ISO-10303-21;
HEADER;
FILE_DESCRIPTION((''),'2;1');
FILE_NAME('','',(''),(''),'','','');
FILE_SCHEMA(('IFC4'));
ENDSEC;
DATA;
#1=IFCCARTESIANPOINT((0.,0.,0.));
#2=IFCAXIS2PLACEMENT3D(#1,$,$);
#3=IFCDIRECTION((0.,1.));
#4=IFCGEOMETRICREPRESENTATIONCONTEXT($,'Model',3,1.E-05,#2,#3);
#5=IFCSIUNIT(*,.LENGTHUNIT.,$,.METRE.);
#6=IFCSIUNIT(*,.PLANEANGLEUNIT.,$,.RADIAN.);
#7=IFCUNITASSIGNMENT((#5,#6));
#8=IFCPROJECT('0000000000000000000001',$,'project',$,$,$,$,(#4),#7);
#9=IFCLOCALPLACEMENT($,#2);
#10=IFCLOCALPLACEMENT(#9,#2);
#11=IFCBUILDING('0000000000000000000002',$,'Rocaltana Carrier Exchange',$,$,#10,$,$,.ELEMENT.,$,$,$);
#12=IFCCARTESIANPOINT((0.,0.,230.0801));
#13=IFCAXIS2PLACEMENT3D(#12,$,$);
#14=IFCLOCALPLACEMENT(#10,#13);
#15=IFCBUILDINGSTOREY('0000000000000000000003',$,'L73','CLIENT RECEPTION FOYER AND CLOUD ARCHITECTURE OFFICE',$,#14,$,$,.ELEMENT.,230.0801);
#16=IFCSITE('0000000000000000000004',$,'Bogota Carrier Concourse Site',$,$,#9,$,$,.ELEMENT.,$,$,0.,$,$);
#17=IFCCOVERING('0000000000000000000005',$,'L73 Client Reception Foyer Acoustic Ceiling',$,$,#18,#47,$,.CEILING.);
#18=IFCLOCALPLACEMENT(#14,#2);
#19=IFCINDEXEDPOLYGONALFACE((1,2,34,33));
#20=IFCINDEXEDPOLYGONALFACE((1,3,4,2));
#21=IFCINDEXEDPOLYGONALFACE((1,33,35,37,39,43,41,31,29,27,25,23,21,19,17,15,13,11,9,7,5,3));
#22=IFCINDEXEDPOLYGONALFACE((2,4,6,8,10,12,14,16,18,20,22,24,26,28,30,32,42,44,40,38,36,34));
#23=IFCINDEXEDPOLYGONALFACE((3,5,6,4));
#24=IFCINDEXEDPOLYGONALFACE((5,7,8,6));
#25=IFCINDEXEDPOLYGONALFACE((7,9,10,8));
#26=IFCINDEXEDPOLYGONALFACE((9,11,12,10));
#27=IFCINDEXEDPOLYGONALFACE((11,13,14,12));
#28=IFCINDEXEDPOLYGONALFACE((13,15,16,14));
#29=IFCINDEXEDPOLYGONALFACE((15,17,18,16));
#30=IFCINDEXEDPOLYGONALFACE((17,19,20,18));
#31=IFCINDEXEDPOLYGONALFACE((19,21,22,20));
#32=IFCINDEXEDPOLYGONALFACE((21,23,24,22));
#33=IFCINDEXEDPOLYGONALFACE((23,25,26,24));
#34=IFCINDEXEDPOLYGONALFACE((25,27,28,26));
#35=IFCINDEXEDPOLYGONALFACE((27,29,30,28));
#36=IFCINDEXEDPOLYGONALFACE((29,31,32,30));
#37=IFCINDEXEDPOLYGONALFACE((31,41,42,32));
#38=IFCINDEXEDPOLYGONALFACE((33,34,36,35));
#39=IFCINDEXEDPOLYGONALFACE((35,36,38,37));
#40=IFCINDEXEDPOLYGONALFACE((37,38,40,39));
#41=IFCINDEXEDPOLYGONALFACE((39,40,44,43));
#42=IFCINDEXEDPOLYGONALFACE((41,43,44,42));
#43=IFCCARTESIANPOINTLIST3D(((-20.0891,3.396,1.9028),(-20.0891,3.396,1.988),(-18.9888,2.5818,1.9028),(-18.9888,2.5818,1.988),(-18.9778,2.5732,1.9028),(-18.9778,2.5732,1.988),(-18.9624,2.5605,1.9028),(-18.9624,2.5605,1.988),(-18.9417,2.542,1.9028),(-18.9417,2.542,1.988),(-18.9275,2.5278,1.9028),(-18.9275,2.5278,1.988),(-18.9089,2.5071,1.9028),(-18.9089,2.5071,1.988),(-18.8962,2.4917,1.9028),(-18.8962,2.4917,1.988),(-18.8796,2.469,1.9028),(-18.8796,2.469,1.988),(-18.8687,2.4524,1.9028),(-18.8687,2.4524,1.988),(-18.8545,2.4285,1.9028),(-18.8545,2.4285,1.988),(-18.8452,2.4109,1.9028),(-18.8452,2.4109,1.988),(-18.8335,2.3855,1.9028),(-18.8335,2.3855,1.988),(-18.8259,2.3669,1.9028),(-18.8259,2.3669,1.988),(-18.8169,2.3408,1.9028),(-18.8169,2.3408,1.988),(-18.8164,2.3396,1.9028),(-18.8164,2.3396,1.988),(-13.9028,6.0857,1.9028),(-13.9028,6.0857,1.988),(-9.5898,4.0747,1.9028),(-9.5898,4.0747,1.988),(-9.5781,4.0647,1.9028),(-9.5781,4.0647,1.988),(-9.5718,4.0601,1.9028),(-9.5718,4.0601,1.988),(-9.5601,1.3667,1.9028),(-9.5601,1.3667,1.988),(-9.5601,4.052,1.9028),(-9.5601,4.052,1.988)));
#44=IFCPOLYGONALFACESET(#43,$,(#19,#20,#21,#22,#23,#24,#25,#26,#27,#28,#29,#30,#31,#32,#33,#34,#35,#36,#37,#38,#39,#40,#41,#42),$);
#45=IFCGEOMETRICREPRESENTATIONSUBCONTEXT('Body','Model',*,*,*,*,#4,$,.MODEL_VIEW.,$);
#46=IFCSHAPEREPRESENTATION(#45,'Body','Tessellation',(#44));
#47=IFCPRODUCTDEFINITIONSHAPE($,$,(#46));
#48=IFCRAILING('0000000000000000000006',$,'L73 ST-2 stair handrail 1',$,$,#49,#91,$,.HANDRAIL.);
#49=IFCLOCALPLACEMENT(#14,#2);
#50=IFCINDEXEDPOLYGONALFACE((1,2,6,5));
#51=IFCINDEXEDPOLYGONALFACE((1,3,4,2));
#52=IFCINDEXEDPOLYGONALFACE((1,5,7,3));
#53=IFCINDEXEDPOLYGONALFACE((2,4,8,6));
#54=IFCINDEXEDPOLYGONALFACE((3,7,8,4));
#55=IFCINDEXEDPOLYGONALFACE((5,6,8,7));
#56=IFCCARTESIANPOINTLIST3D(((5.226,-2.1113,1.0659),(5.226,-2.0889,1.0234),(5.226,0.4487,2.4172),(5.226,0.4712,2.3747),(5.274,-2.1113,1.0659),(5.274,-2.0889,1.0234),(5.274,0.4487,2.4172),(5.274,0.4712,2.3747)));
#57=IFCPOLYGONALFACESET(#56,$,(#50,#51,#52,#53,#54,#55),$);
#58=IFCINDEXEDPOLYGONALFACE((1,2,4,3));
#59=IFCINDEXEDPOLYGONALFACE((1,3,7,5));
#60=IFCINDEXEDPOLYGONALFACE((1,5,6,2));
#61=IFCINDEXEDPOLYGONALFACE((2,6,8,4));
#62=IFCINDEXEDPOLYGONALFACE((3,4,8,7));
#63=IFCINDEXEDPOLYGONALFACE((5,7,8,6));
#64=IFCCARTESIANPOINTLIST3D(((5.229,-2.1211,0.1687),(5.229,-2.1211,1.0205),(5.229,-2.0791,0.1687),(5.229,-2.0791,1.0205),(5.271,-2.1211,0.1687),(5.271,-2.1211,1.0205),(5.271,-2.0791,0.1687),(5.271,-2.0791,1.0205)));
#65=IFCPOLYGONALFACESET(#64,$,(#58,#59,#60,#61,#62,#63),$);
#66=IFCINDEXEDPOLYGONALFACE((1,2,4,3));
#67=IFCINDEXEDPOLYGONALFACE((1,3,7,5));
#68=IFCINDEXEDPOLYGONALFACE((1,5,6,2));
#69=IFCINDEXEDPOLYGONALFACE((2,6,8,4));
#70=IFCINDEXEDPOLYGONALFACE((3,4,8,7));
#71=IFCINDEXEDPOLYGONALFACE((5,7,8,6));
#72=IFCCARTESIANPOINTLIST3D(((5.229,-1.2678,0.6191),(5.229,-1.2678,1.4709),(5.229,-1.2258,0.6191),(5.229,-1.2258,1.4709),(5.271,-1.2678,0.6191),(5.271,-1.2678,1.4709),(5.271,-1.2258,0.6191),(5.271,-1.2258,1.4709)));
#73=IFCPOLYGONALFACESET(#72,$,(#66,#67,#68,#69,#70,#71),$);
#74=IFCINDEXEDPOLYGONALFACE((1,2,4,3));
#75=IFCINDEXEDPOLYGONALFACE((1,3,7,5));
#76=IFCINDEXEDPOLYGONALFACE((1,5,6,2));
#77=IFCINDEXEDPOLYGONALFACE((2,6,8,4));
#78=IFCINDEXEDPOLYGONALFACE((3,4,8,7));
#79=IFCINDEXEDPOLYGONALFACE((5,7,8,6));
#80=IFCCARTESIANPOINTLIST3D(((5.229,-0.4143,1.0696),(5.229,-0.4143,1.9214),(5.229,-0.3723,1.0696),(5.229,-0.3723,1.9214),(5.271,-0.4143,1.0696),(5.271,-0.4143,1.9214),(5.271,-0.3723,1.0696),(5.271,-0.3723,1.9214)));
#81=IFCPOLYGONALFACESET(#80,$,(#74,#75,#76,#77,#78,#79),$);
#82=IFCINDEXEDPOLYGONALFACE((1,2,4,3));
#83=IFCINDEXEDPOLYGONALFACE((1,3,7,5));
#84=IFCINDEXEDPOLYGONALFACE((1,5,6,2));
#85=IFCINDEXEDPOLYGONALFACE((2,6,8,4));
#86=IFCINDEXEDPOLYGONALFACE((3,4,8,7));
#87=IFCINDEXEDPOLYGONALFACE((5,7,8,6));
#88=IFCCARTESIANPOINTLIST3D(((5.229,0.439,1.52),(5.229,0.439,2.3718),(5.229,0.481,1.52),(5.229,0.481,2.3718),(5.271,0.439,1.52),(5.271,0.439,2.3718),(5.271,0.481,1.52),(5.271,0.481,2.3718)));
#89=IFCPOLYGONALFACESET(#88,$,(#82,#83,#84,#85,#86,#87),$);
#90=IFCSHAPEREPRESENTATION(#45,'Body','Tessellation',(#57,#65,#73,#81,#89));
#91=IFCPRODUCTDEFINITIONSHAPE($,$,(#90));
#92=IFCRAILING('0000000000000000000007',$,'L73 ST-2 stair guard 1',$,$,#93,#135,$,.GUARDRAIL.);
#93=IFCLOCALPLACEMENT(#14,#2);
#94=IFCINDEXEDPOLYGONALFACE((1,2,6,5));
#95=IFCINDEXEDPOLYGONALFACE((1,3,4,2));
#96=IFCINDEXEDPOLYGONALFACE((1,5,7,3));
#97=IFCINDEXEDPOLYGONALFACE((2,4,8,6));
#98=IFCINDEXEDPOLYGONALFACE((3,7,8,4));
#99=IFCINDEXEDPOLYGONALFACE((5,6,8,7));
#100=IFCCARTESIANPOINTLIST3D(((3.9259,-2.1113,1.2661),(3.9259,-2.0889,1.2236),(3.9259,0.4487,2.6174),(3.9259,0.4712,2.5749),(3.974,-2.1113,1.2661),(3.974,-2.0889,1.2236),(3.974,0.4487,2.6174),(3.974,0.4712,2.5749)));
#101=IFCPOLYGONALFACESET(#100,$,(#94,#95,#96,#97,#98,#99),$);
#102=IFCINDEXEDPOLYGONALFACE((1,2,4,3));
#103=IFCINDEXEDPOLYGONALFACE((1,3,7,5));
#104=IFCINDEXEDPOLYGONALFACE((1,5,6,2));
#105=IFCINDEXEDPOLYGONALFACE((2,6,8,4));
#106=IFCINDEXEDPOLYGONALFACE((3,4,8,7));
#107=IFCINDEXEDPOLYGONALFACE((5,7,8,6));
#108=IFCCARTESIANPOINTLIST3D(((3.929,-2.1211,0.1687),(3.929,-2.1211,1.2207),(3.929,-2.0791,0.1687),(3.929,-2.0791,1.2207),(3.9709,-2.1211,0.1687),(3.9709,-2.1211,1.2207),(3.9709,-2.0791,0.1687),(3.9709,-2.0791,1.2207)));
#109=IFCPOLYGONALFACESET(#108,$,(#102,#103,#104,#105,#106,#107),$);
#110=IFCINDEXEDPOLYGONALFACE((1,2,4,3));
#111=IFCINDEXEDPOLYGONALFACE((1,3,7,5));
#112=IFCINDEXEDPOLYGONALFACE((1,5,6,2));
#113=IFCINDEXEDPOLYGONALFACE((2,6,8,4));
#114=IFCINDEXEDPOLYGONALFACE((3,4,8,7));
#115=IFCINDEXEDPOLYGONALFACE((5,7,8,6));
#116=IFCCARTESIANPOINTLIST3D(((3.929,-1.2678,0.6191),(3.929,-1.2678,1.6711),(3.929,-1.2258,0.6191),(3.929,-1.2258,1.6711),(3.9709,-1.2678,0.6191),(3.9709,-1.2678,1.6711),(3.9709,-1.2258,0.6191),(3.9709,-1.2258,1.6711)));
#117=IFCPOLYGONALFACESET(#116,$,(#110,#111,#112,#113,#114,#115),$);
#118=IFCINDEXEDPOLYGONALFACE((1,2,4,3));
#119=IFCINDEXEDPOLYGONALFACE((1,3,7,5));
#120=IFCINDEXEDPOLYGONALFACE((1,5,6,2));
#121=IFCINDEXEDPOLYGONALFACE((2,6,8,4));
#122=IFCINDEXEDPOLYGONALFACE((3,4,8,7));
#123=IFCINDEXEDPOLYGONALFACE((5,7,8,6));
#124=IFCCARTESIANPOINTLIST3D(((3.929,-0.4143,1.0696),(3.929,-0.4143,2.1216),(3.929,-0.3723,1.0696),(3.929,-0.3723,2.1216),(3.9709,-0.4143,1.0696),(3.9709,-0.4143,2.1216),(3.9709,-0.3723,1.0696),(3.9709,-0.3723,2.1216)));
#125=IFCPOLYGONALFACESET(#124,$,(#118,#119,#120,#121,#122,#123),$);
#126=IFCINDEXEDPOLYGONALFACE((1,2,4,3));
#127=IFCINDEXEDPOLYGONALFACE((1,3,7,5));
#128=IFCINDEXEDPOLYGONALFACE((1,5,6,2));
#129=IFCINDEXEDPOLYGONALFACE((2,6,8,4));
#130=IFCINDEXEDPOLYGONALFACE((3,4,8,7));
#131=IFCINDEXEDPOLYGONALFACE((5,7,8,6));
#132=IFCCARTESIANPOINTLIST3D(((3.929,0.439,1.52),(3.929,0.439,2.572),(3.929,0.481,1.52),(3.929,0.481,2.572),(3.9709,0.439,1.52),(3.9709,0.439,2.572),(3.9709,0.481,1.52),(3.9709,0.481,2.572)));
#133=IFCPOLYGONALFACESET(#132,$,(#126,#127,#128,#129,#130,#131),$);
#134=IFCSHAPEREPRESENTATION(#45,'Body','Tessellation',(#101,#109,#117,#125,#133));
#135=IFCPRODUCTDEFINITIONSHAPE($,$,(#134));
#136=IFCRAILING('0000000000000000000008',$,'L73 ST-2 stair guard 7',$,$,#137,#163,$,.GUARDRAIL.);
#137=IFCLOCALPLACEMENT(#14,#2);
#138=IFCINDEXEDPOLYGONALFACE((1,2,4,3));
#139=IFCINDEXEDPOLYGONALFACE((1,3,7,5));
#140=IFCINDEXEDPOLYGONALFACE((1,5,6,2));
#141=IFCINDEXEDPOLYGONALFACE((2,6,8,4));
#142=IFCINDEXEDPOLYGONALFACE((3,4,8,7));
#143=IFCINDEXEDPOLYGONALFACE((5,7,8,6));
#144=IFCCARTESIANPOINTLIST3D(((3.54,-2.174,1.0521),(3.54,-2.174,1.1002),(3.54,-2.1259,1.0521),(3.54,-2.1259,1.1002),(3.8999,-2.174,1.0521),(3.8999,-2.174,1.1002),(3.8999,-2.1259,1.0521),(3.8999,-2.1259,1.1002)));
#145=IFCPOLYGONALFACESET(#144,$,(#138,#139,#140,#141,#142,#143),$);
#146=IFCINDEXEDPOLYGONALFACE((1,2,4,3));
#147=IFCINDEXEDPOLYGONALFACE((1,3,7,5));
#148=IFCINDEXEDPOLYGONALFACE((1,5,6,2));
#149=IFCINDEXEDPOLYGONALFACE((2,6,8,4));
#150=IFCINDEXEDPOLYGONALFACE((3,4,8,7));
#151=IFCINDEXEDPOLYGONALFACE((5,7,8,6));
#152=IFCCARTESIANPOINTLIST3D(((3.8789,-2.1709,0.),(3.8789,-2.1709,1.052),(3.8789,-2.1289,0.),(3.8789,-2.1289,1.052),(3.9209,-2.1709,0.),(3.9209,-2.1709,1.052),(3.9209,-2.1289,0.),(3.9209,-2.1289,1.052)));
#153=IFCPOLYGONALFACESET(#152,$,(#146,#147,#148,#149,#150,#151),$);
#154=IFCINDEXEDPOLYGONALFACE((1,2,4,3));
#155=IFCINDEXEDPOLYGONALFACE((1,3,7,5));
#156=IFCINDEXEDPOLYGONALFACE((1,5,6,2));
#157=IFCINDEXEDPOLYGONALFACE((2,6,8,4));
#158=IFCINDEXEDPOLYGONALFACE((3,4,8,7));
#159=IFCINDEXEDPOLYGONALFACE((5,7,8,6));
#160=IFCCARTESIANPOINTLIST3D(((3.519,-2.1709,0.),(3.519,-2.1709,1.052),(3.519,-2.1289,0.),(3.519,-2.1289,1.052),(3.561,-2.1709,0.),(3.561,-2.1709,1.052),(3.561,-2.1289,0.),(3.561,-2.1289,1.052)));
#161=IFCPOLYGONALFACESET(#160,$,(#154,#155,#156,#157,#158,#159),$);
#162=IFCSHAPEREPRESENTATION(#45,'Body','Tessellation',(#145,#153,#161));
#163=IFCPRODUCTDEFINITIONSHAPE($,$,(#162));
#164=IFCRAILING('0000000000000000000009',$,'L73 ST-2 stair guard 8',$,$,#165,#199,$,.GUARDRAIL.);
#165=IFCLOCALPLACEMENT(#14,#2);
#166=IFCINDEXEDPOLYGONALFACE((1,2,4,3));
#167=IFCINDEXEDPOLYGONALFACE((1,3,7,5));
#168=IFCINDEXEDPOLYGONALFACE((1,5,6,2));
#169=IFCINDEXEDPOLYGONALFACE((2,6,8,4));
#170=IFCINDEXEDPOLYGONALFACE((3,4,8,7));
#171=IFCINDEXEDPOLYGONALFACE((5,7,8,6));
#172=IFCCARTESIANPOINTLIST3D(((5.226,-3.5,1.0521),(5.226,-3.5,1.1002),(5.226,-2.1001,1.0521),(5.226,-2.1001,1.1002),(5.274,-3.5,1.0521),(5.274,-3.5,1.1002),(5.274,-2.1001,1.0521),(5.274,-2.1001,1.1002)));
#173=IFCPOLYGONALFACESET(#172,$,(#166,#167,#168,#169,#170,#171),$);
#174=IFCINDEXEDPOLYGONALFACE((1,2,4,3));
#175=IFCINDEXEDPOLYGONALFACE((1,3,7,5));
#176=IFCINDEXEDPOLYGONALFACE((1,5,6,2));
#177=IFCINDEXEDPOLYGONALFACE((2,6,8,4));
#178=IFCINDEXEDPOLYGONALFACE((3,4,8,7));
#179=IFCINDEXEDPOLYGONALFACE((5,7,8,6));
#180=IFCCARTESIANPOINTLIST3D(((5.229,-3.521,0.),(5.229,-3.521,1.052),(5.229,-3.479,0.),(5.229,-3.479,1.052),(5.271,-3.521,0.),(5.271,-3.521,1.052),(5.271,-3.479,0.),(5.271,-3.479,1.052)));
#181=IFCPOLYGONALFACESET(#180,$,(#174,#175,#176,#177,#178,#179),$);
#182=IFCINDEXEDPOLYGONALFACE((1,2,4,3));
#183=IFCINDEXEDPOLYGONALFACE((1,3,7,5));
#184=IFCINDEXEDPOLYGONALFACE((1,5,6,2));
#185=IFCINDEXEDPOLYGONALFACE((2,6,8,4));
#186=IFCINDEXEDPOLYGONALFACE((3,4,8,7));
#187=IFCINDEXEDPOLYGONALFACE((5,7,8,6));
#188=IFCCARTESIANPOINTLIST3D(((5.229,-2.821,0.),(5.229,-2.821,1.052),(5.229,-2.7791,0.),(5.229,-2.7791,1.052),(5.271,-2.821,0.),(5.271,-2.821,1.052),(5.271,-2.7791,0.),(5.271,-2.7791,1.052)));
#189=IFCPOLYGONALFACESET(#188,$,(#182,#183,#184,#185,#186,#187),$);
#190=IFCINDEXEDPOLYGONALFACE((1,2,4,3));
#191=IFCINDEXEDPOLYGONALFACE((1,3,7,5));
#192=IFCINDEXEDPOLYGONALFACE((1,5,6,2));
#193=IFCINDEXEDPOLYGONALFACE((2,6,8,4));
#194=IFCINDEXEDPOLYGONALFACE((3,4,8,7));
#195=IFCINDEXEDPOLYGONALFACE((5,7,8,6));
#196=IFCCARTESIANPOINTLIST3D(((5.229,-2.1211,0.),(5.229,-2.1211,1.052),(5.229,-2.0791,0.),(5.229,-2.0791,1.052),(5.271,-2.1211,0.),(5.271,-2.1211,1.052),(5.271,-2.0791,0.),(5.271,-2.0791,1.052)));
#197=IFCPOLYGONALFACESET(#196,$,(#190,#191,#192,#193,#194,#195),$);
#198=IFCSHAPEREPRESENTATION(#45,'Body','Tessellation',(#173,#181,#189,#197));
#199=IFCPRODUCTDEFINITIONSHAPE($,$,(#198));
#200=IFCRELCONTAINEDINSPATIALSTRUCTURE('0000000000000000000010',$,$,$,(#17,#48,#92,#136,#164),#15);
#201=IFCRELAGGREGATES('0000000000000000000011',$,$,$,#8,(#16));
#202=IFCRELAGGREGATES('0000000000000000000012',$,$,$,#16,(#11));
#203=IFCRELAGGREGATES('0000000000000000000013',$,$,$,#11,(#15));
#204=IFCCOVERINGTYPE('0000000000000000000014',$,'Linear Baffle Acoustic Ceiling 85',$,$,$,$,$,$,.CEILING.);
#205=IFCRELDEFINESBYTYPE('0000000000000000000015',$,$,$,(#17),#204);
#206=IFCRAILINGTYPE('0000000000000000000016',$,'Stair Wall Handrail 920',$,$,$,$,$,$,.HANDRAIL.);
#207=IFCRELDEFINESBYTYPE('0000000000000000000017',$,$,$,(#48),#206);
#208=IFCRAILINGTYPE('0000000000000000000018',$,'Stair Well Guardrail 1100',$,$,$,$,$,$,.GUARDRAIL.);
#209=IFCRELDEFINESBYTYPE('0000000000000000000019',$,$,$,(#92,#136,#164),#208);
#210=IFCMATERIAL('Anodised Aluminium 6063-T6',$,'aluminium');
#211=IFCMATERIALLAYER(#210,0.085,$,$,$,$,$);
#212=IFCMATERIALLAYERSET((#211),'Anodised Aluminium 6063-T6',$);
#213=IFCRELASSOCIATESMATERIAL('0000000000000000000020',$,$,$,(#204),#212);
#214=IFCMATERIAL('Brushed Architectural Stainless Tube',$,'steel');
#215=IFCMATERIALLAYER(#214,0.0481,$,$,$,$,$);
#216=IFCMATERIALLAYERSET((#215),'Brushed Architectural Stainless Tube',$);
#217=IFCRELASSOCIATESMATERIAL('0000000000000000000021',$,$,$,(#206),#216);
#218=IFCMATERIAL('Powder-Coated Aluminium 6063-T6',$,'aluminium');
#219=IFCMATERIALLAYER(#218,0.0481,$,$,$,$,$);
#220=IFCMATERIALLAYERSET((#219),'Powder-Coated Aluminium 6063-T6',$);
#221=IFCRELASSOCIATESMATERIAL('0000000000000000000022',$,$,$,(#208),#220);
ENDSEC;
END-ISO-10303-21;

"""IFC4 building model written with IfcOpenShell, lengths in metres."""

from ifc_helpers import new_model, si_unit, direction, frame, origin, origin_2d, place, context, subcontext, project, spatial, polyline, rectangle, outline, extrude, material, layer, layer_set, type_object, element, save


model = new_model("IFC4")

# Units and contexts
model_context = context("Model", 3, precision=1e-05, world=origin(), true_north=direction((0.0, 1.0)))
body_context = subcontext(model_context, "Body", "Model", "MODEL_VIEW")
ifc_project = project(units=[si_unit("LENGTHUNIT", "METRE"), si_unit("PLANEANGLEUNIT", "RADIAN")], contexts=[model_context])

# Site, building, storey
site_placement = place(None, origin())
site = spatial("IfcSite", under=ifc_project, at=site_placement, Name="Bogota Carrier Concourse Site", CompositionType="ELEMENT", RefElevation=0.0)
building_placement = place(site_placement, origin())
building = spatial("IfcBuilding", under=site, at=building_placement, Name="Rocaltana Carrier Exchange", CompositionType="ELEMENT")
storey_placement = place(building_placement, frame((0.0, 0.0, 230.0801)))
storey = spatial("IfcBuildingStorey", under=building, at=storey_placement, Name="L73", Description="CLIENT RECEPTION FOYER AND CLOUD ARCHITECTURE OFFICE", CompositionType="ELEMENT", Elevation=230.0801)

# Covering
ifc_material_1 = material(Name="Anodised Aluminium 6063-T6", Category="aluminium")
ifc_layer_1 = layer(ifc_material_1, 0.085)
ifc_layer_set_1 = layer_set([ifc_layer_1], Name="Anodised Aluminium 6063-T6")
covering_type_1 = type_object("IfcCoveringType", Name="Linear Baffle Acoustic Ceiling 85", PredefinedType="CEILING", material=ifc_layer_set_1)
covering_1_placement = place(storey_placement, frame((0.0, 0.0, 1.9028)))
element("IfcCovering", 1, at=covering_1_placement, inside=storey, type_object=covering_type_1, Name="L73 Client Reception Foyer Acoustic Ceiling", PredefinedType="CEILING", context=body_context, shape_type="SweptSolid", body=[
    extrude(outline(polyline([(-18.8164, 2.3396), (-18.8169, 2.3408), (-18.8259, 2.3669), (-18.8335, 2.3855), (-18.8452, 2.4109), (-18.8545, 2.4285), (-18.8687, 2.4524), (-18.8796, 2.469), (-18.8962, 2.4917), (-18.9089, 2.5071), (-18.9275, 2.5278), (-18.9417, 2.542), (-18.9624, 2.5605), (-18.9778, 2.5732), (-18.9888, 2.5818), (-20.0891, 3.396), (-13.9028, 6.0857), (-9.5898, 4.0747), (-9.5781, 4.0647), (-9.5718, 4.0601), (-9.5601, 4.052), (-9.5601, 1.3667), (-18.8164, 2.3396)])), origin(), (0.0, 0.0, 1.0), 0.0852),
])

# Railings
ifc_material_2 = material(Name="Brushed Architectural Stainless Tube", Category="steel")
ifc_layer_2 = layer(ifc_material_2, 0.0481)
ifc_layer_set_2 = layer_set([ifc_layer_2], Name="Brushed Architectural Stainless Tube")
railing_type_1 = type_object("IfcRailingType", Name="Stair Wall Handrail 920", PredefinedType="HANDRAIL", material=ifc_layer_set_2)
railing_1_placement = place(storey_placement, frame((5.25, -2.1001, 0.1687)))
element("IfcRailing", 2, at=railing_1_placement, inside=storey, type_object=railing_type_1, Name="L73 ST-2 stair handrail 1", PredefinedType="HANDRAIL", context=body_context, shape_type="SweptSolid", body=[
    extrude(rectangle(XDim=0.0481, YDim=0.0481, at=origin_2d()), frame((0.0, 0.0, 0.876), z_axis=(0.0, 0.88436, 0.466806), x_axis=(-1.0, 0.0, 0.0)), (0.0, 0.0, 1.0), 2.8948),
    extrude(rectangle(XDim=0.042, YDim=0.042, at=origin_2d()), origin(), (0.0, 0.0, 1.0), 0.8518),
    extrude(rectangle(XDim=0.042, YDim=0.042, at=origin_2d()), frame((0.0, 0.8533, 0.4504)), (0.0, 0.0, 1.0), 0.8518),
    extrude(rectangle(XDim=0.042, YDim=0.042, at=origin_2d()), frame((0.0, 1.7068, 0.9009)), (0.0, 0.0, 1.0), 0.8518),
    extrude(rectangle(XDim=0.042, YDim=0.042, at=origin_2d()), frame((0.0, 2.5601, 1.3513)), (0.0, 0.0, 1.0), 0.8518),
])
ifc_material_3 = material(Name="Powder-Coated Aluminium 6063-T6", Category="aluminium")
ifc_layer_3 = layer(ifc_material_3, 0.0481)
ifc_layer_set_3 = layer_set([ifc_layer_3], Name="Powder-Coated Aluminium 6063-T6")
railing_type_2 = type_object("IfcRailingType", Name="Stair Well Guardrail 1100", PredefinedType="GUARDRAIL", material=ifc_layer_set_3)
railing_2_placement = place(storey_placement, frame((3.95, -2.1001, 0.1687)))
element("IfcRailing", 3, at=railing_2_placement, inside=storey, type_object=railing_type_2, Name="L73 ST-2 stair guard 1", PredefinedType="GUARDRAIL", context=body_context, shape_type="SweptSolid", body=[
    extrude(rectangle(XDim=0.0481, YDim=0.0481, at=origin_2d()), frame((0.0, 0.0, 1.0762), z_axis=(0.0, 0.88436, 0.466806), x_axis=(-1.0, 0.0, 0.0)), (0.0, 0.0, 1.0), 2.8948),
    extrude(rectangle(XDim=0.042, YDim=0.042, at=origin_2d()), origin(), (0.0, 0.0, 1.0), 1.052),
    extrude(rectangle(XDim=0.042, YDim=0.042, at=origin_2d()), frame((0.0, 0.8533, 0.4504)), (0.0, 0.0, 1.0), 1.052),
    extrude(rectangle(XDim=0.042, YDim=0.042, at=origin_2d()), frame((0.0, 1.7068, 0.9009)), (0.0, 0.0, 1.0), 1.052),
    extrude(rectangle(XDim=0.042, YDim=0.042, at=origin_2d()), frame((0.0, 2.5601, 1.3513)), (0.0, 0.0, 1.0), 1.052),
])
railing_3_placement = place(storey_placement, frame((3.8999, -2.1499, 0.0)))
element("IfcRailing", 4, at=railing_3_placement, inside=storey, type_object=railing_type_2, Name="L73 ST-2 stair guard 7", PredefinedType="GUARDRAIL", context=body_context, shape_type="SweptSolid", body=[
    extrude(rectangle(XDim=0.0481, YDim=0.0481, at=origin_2d()), frame((0.0, 0.0, 1.0762), z_axis=(-1.0, 0.0, 0.0), x_axis=(0.0, -1.0, 0.0)), (0.0, 0.0, 1.0), 0.3599),
    extrude(rectangle(XDim=0.042, YDim=0.042, at=origin_2d()), origin(), (0.0, 0.0, 1.0), 1.052),
    extrude(rectangle(XDim=0.042, YDim=0.042, at=origin_2d()), frame((-0.3599, 0.0, 0.0)), (0.0, 0.0, 1.0), 1.052),
])
for number, where, name in (
    (5, (5.25, -3.5, 0.0), "L73 ST-2 stair guard 8"),
):
    element("IfcRailing", number, at=place(storey_placement, frame(where)), inside=storey, type_object=railing_type_2, Name=name, PredefinedType="GUARDRAIL", context=body_context, shape_type="SweptSolid", body=[
        extrude(rectangle(XDim=0.0481, YDim=0.0481, at=origin_2d()), frame((0.0, 0.0, 1.0762), z_axis=(0.0, 1.0, 0.0), x_axis=(-1.0, 0.0, 0.0)), (0.0, 0.0, 1.0), 1.3999),
        extrude(rectangle(XDim=0.042, YDim=0.042, at=origin_2d()), origin(), (0.0, 0.0, 1.0), 1.052),
        extrude(rectangle(XDim=0.042, YDim=0.042, at=origin_2d()), frame((0.0, 0.7, 0.0)), (0.0, 0.0, 1.0), 1.052),
        extrude(rectangle(XDim=0.042, YDim=0.042, at=origin_2d()), frame((0.0, 1.3999, 0.0)), (0.0, 0.0, 1.0), 1.052),
    ])

save(model, "model.ifc")
